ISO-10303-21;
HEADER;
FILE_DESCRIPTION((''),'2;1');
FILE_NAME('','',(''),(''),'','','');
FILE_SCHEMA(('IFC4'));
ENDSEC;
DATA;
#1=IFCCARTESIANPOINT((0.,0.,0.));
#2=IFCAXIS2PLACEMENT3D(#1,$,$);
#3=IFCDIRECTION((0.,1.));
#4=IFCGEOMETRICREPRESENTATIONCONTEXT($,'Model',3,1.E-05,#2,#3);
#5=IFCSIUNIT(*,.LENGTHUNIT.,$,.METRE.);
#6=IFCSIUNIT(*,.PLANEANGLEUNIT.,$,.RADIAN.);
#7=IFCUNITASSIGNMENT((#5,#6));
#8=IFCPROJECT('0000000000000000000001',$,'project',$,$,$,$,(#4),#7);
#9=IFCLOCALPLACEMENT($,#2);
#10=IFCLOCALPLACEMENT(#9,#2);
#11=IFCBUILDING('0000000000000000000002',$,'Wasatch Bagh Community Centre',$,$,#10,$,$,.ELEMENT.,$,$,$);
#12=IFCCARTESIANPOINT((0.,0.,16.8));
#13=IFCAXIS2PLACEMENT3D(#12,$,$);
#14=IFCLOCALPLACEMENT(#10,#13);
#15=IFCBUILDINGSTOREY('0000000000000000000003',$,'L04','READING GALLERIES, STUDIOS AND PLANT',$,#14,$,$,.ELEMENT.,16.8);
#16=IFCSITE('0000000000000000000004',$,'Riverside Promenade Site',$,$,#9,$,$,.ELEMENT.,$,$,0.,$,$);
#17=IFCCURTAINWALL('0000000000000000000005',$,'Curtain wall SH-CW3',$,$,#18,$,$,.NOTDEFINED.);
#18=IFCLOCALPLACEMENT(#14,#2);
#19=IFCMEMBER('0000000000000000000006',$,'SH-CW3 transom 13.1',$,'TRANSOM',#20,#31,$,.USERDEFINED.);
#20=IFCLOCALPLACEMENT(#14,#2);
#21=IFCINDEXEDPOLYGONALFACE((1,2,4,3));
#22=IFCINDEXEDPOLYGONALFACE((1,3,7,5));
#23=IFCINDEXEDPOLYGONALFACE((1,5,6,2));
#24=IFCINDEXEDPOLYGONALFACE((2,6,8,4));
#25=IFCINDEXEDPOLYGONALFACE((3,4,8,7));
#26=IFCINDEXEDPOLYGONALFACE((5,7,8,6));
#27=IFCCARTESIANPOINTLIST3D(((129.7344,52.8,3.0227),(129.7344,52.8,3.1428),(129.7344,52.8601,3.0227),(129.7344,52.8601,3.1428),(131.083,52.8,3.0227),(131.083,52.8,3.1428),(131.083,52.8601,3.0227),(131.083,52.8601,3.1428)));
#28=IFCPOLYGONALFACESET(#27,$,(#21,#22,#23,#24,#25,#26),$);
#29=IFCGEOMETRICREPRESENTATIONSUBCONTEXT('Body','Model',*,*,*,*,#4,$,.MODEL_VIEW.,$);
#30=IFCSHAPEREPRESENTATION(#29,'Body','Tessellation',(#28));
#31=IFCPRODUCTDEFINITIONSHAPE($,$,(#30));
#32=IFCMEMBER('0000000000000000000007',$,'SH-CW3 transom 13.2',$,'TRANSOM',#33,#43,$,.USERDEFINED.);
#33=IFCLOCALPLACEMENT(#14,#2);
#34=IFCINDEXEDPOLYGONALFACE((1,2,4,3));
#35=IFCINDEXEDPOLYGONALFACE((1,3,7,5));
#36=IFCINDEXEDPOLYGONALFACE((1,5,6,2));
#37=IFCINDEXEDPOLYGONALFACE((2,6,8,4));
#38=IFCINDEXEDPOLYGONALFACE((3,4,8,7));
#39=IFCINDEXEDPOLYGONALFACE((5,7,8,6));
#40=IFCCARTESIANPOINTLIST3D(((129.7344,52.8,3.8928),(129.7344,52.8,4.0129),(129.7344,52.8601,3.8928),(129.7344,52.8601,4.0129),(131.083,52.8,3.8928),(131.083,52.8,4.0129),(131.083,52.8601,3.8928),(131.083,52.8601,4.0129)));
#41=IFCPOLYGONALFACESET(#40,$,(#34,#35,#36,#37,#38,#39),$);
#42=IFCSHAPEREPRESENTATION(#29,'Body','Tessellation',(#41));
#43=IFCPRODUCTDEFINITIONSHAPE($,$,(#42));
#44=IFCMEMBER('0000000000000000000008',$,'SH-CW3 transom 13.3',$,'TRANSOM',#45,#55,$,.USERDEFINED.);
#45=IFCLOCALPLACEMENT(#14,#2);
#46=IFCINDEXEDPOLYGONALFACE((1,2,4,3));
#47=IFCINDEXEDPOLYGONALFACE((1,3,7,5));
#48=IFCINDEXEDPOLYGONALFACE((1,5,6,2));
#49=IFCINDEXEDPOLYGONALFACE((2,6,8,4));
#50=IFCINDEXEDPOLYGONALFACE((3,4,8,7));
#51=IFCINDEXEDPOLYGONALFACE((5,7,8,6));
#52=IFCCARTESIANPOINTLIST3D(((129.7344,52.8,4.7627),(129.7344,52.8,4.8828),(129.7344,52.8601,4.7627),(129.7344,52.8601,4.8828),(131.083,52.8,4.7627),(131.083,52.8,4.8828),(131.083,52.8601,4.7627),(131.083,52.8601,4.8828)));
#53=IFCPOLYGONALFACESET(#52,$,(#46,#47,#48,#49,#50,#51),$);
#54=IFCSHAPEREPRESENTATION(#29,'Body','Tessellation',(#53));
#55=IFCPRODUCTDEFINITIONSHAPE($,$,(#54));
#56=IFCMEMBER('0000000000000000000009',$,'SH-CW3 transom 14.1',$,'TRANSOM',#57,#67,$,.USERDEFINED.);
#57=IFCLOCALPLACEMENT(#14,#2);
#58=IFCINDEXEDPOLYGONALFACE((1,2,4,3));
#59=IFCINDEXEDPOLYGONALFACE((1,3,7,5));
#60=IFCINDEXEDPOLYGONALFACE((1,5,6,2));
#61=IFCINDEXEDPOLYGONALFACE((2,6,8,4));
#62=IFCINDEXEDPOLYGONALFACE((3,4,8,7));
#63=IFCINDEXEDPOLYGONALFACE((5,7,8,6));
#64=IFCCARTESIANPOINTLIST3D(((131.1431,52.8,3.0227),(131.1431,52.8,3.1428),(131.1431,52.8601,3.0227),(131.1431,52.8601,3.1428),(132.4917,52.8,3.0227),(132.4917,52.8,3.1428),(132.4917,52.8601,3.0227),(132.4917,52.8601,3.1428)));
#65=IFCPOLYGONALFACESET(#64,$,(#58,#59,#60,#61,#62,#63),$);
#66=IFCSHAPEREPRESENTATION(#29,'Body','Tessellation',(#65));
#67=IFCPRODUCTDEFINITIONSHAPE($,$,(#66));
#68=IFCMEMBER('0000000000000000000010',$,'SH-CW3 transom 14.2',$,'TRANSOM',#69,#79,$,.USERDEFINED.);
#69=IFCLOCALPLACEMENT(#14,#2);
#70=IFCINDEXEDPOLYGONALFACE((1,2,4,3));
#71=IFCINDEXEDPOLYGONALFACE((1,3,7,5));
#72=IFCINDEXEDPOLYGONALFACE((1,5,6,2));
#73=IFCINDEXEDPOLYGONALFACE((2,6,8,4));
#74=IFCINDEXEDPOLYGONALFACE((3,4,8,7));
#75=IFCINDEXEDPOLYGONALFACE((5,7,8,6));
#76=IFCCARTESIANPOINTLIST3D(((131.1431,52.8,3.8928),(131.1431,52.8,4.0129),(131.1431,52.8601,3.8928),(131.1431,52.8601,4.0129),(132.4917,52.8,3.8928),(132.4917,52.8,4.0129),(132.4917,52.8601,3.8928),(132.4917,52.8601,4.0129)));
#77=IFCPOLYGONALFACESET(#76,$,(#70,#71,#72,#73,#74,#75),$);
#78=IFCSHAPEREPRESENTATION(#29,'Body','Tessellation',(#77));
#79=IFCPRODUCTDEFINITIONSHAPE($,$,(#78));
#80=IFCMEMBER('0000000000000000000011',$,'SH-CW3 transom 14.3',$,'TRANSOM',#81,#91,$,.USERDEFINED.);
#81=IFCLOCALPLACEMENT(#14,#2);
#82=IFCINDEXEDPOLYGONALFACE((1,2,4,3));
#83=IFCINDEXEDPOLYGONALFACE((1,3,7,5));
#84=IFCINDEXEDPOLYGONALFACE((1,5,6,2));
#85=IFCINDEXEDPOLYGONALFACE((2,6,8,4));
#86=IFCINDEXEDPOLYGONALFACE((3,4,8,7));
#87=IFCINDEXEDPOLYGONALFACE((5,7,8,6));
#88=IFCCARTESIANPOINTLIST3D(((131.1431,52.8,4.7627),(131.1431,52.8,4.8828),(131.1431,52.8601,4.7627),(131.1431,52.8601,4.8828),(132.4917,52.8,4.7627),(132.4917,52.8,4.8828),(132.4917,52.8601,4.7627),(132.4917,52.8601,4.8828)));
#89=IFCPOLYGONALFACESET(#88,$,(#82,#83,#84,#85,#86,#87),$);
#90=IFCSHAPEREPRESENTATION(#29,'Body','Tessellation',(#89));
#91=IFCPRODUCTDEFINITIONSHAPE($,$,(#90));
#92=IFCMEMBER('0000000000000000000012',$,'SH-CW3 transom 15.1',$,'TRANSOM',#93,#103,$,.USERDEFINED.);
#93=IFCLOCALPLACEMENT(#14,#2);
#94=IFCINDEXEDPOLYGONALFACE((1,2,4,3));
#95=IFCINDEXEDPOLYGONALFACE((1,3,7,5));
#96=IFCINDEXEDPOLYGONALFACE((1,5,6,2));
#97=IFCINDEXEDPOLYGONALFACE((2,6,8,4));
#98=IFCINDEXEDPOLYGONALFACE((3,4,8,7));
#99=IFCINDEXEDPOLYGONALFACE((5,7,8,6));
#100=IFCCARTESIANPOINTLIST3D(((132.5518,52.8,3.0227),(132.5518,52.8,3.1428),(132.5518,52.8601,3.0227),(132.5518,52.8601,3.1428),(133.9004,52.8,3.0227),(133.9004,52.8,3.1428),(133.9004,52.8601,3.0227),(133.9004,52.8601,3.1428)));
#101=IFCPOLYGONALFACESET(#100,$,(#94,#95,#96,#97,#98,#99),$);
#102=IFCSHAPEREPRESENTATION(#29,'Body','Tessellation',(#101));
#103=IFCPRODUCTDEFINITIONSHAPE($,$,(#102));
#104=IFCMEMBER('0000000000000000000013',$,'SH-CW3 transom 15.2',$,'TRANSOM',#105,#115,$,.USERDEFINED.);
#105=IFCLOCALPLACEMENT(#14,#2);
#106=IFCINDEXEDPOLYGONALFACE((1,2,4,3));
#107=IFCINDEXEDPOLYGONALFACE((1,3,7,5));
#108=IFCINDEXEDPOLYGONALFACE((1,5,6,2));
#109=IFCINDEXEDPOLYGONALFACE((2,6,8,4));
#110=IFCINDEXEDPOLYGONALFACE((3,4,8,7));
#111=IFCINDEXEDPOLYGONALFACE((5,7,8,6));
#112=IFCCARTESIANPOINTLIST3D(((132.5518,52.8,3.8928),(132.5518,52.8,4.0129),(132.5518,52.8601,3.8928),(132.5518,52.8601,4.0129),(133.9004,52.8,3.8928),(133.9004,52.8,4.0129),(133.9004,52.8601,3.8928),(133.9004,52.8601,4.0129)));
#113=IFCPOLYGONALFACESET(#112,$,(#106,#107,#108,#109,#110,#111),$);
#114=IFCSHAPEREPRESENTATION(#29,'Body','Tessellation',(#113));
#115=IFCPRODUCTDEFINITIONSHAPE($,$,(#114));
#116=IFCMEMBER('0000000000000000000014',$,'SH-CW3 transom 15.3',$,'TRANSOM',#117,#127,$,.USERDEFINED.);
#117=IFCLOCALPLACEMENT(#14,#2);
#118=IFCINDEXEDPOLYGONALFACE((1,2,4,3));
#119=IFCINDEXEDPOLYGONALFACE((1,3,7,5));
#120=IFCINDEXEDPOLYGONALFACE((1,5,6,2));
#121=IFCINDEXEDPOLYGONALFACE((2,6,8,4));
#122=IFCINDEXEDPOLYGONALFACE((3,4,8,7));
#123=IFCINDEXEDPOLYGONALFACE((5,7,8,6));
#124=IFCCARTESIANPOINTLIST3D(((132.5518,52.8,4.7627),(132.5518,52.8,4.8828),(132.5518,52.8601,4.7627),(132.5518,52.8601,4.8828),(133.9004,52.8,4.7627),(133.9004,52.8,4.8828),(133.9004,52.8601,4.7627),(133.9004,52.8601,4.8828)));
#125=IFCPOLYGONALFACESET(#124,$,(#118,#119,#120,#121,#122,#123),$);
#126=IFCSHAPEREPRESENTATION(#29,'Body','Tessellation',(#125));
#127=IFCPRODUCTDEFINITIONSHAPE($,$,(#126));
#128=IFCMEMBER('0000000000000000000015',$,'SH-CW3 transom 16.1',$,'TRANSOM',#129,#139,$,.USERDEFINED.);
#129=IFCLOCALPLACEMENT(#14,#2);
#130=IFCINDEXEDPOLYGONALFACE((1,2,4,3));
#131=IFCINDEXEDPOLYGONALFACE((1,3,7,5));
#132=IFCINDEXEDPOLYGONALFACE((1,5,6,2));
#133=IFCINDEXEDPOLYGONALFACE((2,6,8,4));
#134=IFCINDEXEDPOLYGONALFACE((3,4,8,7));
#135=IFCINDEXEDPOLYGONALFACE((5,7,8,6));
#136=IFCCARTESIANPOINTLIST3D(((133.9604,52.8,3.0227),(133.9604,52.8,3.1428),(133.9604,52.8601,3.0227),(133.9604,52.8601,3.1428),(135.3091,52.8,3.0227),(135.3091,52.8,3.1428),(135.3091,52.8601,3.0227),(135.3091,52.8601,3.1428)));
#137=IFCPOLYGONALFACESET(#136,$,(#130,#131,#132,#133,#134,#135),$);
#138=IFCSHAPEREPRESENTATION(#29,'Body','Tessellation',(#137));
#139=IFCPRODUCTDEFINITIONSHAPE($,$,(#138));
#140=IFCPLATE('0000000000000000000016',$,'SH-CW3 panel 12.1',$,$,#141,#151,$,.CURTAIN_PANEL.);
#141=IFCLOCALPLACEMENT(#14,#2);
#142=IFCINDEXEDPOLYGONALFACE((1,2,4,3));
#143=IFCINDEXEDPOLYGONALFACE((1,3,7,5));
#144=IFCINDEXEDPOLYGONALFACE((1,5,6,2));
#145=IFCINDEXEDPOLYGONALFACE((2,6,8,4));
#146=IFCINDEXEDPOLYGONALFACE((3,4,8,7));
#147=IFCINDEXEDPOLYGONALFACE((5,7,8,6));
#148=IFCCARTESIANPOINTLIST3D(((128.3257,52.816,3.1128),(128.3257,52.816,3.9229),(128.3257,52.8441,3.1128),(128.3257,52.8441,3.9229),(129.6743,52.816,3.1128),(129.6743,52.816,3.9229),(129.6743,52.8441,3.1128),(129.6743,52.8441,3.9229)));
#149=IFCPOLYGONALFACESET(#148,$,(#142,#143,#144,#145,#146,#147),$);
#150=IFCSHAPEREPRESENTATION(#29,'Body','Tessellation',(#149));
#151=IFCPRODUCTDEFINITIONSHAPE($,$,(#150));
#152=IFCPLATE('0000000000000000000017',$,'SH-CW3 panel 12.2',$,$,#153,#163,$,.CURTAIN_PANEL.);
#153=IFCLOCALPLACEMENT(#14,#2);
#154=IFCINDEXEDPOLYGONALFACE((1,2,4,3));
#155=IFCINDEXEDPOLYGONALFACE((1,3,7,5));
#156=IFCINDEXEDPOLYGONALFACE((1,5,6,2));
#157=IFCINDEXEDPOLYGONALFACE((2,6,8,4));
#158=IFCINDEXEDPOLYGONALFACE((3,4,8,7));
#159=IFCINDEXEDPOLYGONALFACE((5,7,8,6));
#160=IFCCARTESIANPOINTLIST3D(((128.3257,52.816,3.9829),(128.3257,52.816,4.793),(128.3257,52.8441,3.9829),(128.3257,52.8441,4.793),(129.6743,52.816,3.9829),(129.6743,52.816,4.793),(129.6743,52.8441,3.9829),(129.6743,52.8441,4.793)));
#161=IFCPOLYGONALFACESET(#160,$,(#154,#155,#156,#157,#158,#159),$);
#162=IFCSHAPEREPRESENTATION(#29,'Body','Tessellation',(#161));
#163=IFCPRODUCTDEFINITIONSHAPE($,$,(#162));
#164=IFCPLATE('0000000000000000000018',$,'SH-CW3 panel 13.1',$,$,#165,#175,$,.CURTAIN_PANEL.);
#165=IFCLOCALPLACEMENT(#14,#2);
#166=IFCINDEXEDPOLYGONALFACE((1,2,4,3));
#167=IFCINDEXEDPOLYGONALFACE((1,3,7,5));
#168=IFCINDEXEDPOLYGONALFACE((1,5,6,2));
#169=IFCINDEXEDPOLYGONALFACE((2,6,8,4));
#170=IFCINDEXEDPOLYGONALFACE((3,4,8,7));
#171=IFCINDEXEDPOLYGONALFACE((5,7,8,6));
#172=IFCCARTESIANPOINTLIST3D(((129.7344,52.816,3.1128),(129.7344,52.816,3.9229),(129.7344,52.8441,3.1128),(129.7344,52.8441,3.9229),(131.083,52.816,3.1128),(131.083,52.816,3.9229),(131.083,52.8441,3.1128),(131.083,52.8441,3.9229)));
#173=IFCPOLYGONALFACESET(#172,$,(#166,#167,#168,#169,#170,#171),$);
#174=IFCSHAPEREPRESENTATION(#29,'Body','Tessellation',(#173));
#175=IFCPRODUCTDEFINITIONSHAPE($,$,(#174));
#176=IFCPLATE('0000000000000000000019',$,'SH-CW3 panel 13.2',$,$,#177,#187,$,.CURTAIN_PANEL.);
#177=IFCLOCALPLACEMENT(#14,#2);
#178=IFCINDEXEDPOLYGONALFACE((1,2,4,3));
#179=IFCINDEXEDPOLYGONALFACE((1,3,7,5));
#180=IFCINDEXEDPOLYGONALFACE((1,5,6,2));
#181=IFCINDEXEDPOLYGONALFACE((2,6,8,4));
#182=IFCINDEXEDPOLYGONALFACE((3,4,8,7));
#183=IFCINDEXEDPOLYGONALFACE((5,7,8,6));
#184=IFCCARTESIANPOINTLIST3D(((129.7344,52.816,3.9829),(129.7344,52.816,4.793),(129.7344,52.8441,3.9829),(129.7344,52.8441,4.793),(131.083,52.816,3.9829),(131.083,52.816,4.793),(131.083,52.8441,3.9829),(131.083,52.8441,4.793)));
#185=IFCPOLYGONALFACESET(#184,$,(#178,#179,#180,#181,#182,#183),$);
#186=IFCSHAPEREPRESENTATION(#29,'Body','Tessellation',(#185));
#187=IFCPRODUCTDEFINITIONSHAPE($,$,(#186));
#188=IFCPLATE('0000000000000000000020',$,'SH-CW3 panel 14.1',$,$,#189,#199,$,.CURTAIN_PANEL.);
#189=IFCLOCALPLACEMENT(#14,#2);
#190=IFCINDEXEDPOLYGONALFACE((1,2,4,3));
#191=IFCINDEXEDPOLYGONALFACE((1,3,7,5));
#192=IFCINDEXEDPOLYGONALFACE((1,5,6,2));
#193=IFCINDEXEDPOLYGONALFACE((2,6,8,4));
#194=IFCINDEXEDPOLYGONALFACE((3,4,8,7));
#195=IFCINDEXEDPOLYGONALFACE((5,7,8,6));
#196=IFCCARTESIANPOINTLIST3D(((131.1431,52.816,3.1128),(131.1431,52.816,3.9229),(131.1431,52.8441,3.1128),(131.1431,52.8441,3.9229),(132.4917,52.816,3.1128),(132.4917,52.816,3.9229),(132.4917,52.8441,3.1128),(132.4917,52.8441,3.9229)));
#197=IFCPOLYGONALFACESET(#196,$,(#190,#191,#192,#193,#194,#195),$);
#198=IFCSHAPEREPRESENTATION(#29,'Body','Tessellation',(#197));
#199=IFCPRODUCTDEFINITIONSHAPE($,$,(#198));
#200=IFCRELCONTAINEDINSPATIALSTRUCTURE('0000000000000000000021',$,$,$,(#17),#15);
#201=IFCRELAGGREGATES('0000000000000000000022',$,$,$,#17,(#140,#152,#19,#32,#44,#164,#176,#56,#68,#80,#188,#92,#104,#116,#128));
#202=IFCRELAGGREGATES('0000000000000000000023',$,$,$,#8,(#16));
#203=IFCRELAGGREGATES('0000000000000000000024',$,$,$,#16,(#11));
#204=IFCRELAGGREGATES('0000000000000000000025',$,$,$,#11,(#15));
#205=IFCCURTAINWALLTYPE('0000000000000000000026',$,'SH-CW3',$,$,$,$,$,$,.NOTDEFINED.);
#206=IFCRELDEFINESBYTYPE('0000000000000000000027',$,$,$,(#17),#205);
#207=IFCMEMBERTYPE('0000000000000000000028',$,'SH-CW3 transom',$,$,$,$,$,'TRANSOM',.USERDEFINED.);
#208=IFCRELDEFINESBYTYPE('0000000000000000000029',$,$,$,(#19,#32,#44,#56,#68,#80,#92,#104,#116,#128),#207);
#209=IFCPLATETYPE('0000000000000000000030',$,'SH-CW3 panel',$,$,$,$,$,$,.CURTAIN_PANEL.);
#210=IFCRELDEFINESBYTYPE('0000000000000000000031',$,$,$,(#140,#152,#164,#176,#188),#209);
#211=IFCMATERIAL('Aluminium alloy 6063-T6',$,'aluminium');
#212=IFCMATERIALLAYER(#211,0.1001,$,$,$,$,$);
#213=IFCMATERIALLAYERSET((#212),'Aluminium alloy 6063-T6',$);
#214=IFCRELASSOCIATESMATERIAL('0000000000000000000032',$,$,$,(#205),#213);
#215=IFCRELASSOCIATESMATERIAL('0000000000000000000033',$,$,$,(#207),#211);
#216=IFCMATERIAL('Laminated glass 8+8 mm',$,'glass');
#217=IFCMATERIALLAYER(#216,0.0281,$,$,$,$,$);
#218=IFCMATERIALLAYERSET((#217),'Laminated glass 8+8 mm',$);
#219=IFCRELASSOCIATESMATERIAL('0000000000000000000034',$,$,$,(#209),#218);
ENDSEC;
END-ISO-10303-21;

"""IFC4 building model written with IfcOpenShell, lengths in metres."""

from ifc_helpers import new_model, si_unit, direction, frame, origin, origin_2d, place, context, subcontext, project, spatial, rectangle, extrude, material, layer, layer_set, material_profile, profile_set, type_object, element, aggregate, save


model = new_model("IFC4")

# Units and contexts
model_context = context("Model", 3, precision=1e-05, world=origin(), true_north=direction((0.0, 1.0)))
body_context = subcontext(model_context, "Body", "Model", "MODEL_VIEW")
ifc_project = project(units=[si_unit("LENGTHUNIT", "METRE"), si_unit("PLANEANGLEUNIT", "RADIAN")], contexts=[model_context])

# Site, building, storey
site_placement = place(None, origin())
site = spatial("IfcSite", under=ifc_project, at=site_placement, Name="Riverside Promenade Site", CompositionType="ELEMENT", RefElevation=0.0)
building_placement = place(site_placement, origin())
building = spatial("IfcBuilding", under=site, at=building_placement, Name="Wasatch Bagh Community Centre", CompositionType="ELEMENT")
storey_placement = place(building_placement, frame((0.0, 0.0, 16.8)))
storey = spatial("IfcBuildingStorey", under=building, at=storey_placement, Name="L04", Description="READING GALLERIES, STUDIOS AND PLANT", CompositionType="ELEMENT", Elevation=16.8)

# Curtain wall, members, plates
ifc_material_1 = material(Name="Aluminium alloy 6063-T6", Category="aluminium")
ifc_layer_1 = layer(ifc_material_1, 0.1001)
ifc_layer_set_1 = layer_set([ifc_layer_1], Name="Aluminium alloy 6063-T6")
curtain_wall_type = type_object("IfcCurtainWallType", Name="SH-CW3", PredefinedType="NOTDEFINED", material=ifc_layer_set_1)
curtain_wall_placement = place(storey_placement, origin())
curtain_wall = element("IfcCurtainWall", 1, at=curtain_wall_placement, inside=storey, type_object=curtain_wall_type, Name="Curtain wall SH-CW3", PredefinedType="NOTDEFINED")
ifc_material_profile_1 = material_profile(ifc_material_1, rectangle(XDim=0.0601, YDim=0.1201, at=origin_2d()), Name="AL 60x120")
ifc_profile_set_1 = profile_set([ifc_material_profile_1], Name="Aluminium alloy 6063-T6")
member_type_1 = type_object("IfcMemberType", Name="SH-CW3 transom", ElementType="TRANSOM", PredefinedType="USERDEFINED", material=ifc_profile_set_1)
member_1_placement = place(storey_placement, frame((129.7344, 52.8301, 3.0828), z_axis=(1.0, 0.0, 0.0), x_axis=(0.0, 1.0, 0.0)))
member_1 = element("IfcMember", 2, at=member_1_placement, type_object=member_type_1, Name="SH-CW3 transom 13.1", ObjectType="TRANSOM", PredefinedType="USERDEFINED", context=body_context, shape_type="SweptSolid", body=[
    extrude(rectangle(XDim=0.0601, YDim=0.1201, at=origin_2d()), origin(), (0.0, 0.0, 1.0), 1.3486),
])
member_2_placement = place(storey_placement, frame((129.7344, 52.8301, 3.9529), z_axis=(1.0, 0.0, 0.0), x_axis=(0.0, 1.0, 0.0)))
member_2 = element("IfcMember", 3, at=member_2_placement, type_object=member_type_1, Name="SH-CW3 transom 13.2", ObjectType="TRANSOM", PredefinedType="USERDEFINED", context=body_context, shape_type="SweptSolid", body=[
    extrude(rectangle(XDim=0.0601, YDim=0.1201, at=origin_2d()), origin(), (0.0, 0.0, 1.0), 1.3486),
])
member_3_placement = place(storey_placement, frame((129.7344, 52.8301, 4.8228), z_axis=(1.0, 0.0, 0.0), x_axis=(0.0, 1.0, 0.0)))
member_3 = element("IfcMember", 4, at=member_3_placement, type_object=member_type_1, Name="SH-CW3 transom 13.3", ObjectType="TRANSOM", PredefinedType="USERDEFINED", context=body_context, shape_type="SweptSolid", body=[
    extrude(rectangle(XDim=0.0601, YDim=0.1201, at=origin_2d()), origin(), (0.0, 0.0, 1.0), 1.3486),
])
member_4_placement = place(storey_placement, frame((131.1431, 52.8301, 3.0828), z_axis=(1.0, 0.0, 0.0), x_axis=(0.0, 1.0, 0.0)))
member_4 = element("IfcMember", 5, at=member_4_placement, type_object=member_type_1, Name="SH-CW3 transom 14.1", ObjectType="TRANSOM", PredefinedType="USERDEFINED", context=body_context, shape_type="SweptSolid", body=[
    extrude(rectangle(XDim=0.0601, YDim=0.1201, at=origin_2d()), origin(), (0.0, 0.0, 1.0), 1.3486),
])
member_5_placement = place(storey_placement, frame((131.1431, 52.8301, 3.9529), z_axis=(1.0, 0.0, 0.0), x_axis=(0.0, 1.0, 0.0)))
member_5 = element("IfcMember", 6, at=member_5_placement, type_object=member_type_1, Name="SH-CW3 transom 14.2", ObjectType="TRANSOM", PredefinedType="USERDEFINED", context=body_context, shape_type="SweptSolid", body=[
    extrude(rectangle(XDim=0.0601, YDim=0.1201, at=origin_2d()), origin(), (0.0, 0.0, 1.0), 1.3486),
])
member_6_placement = place(storey_placement, frame((131.1431, 52.8301, 4.8228), z_axis=(1.0, 0.0, 0.0), x_axis=(0.0, 1.0, 0.0)))
member_6 = element("IfcMember", 7, at=member_6_placement, type_object=member_type_1, Name="SH-CW3 transom 14.3", ObjectType="TRANSOM", PredefinedType="USERDEFINED", context=body_context, shape_type="SweptSolid", body=[
    extrude(rectangle(XDim=0.0601, YDim=0.1201, at=origin_2d()), origin(), (0.0, 0.0, 1.0), 1.3486),
])
member_7_placement = place(storey_placement, frame((132.5518, 52.8301, 3.0828), z_axis=(1.0, 0.0, 0.0), x_axis=(0.0, 1.0, 0.0)))
member_7 = element("IfcMember", 8, at=member_7_placement, type_object=member_type_1, Name="SH-CW3 transom 15.1", ObjectType="TRANSOM", PredefinedType="USERDEFINED", context=body_context, shape_type="SweptSolid", body=[
    extrude(rectangle(XDim=0.0601, YDim=0.1201, at=origin_2d()), origin(), (0.0, 0.0, 1.0), 1.3486),
])
member_8_placement = place(storey_placement, frame((132.5518, 52.8301, 3.9529), z_axis=(1.0, 0.0, 0.0), x_axis=(0.0, 1.0, 0.0)))
member_8 = element("IfcMember", 9, at=member_8_placement, type_object=member_type_1, Name="SH-CW3 transom 15.2", ObjectType="TRANSOM", PredefinedType="USERDEFINED", context=body_context, shape_type="SweptSolid", body=[
    extrude(rectangle(XDim=0.0601, YDim=0.1201, at=origin_2d()), origin(), (0.0, 0.0, 1.0), 1.3486),
])
member_9_placement = place(storey_placement, frame((132.5518, 52.8301, 4.8228), z_axis=(1.0, 0.0, 0.0), x_axis=(0.0, 1.0, 0.0)))
member_9 = element("IfcMember", 10, at=member_9_placement, type_object=member_type_1, Name="SH-CW3 transom 15.3", ObjectType="TRANSOM", PredefinedType="USERDEFINED", context=body_context, shape_type="SweptSolid", body=[
    extrude(rectangle(XDim=0.0601, YDim=0.1201, at=origin_2d()), origin(), (0.0, 0.0, 1.0), 1.3486),
])
member_10_placement = place(storey_placement, frame((133.9604, 52.8301, 3.0828), z_axis=(1.0, 0.0, 0.0), x_axis=(0.0, 1.0, 0.0)))
member_10 = element("IfcMember", 11, at=member_10_placement, type_object=member_type_1, Name="SH-CW3 transom 16.1", ObjectType="TRANSOM", PredefinedType="USERDEFINED", context=body_context, shape_type="SweptSolid", body=[
    extrude(rectangle(XDim=0.0601, YDim=0.1201, at=origin_2d()), origin(), (0.0, 0.0, 1.0), 1.3486),
])
ifc_material_2 = material(Name="Laminated glass 8+8 mm", Category="glass")
ifc_layer_2 = layer(ifc_material_2, 0.0281)
ifc_layer_set_2 = layer_set([ifc_layer_2], Name="Laminated glass 8+8 mm")
plate_type = type_object("IfcPlateType", Name="SH-CW3 panel", PredefinedType="CURTAIN_PANEL", material=ifc_layer_set_2)
plate_1_placement = place(storey_placement, frame((129.0, 52.8301, 3.1128), z_axis=(0.0, 0.0, 1.0), x_axis=(1.0, 0.0, 0.0)))
plate_1 = element("IfcPlate", 12, at=plate_1_placement, type_object=plate_type, Name="SH-CW3 panel 12.1", PredefinedType="CURTAIN_PANEL", context=body_context, shape_type="SweptSolid", body=[
    extrude(rectangle(XDim=1.3486, YDim=0.0281, at=origin_2d()), origin(), (0.0, 0.0, 1.0), 0.8101),
])
plate_2_placement = place(storey_placement, frame((129.0, 52.8301, 3.9829), z_axis=(0.0, 0.0, 1.0), x_axis=(1.0, 0.0, 0.0)))
plate_2 = element("IfcPlate", 13, at=plate_2_placement, type_object=plate_type, Name="SH-CW3 panel 12.2", PredefinedType="CURTAIN_PANEL", context=body_context, shape_type="SweptSolid", body=[
    extrude(rectangle(XDim=1.3486, YDim=0.0281, at=origin_2d()), origin(), (0.0, 0.0, 1.0), 0.8101),
])
plate_3_placement = place(storey_placement, frame((130.4087, 52.8301, 3.1128), z_axis=(0.0, 0.0, 1.0), x_axis=(1.0, 0.0, 0.0)))
plate_3 = element("IfcPlate", 14, at=plate_3_placement, type_object=plate_type, Name="SH-CW3 panel 13.1", PredefinedType="CURTAIN_PANEL", context=body_context, shape_type="SweptSolid", body=[
    extrude(rectangle(XDim=1.3486, YDim=0.0281, at=origin_2d()), origin(), (0.0, 0.0, 1.0), 0.8101),
])
plate_4_placement = place(storey_placement, frame((130.4087, 52.8301, 3.9829), z_axis=(0.0, 0.0, 1.0), x_axis=(1.0, 0.0, 0.0)))
plate_4 = element("IfcPlate", 15, at=plate_4_placement, type_object=plate_type, Name="SH-CW3 panel 13.2", PredefinedType="CURTAIN_PANEL", context=body_context, shape_type="SweptSolid", body=[
    extrude(rectangle(XDim=1.3486, YDim=0.0281, at=origin_2d()), origin(), (0.0, 0.0, 1.0), 0.8101),
])
plate_5_placement = place(storey_placement, frame((131.8174, 52.8301, 3.1128), z_axis=(0.0, 0.0, 1.0), x_axis=(1.0, 0.0, 0.0)))
plate_5 = element("IfcPlate", 16, at=plate_5_placement, type_object=plate_type, Name="SH-CW3 panel 14.1", PredefinedType="CURTAIN_PANEL", context=body_context, shape_type="SweptSolid", body=[
    extrude(rectangle(XDim=1.3486, YDim=0.0281, at=origin_2d()), origin(), (0.0, 0.0, 1.0), 0.8101),
])
aggregate(curtain_wall, [plate_1, plate_2, member_1, member_2, member_3, plate_3, plate_4, member_4, member_5, member_6, plate_5, member_7, member_8, member_9, member_10])

save(model, "model.ifc")
